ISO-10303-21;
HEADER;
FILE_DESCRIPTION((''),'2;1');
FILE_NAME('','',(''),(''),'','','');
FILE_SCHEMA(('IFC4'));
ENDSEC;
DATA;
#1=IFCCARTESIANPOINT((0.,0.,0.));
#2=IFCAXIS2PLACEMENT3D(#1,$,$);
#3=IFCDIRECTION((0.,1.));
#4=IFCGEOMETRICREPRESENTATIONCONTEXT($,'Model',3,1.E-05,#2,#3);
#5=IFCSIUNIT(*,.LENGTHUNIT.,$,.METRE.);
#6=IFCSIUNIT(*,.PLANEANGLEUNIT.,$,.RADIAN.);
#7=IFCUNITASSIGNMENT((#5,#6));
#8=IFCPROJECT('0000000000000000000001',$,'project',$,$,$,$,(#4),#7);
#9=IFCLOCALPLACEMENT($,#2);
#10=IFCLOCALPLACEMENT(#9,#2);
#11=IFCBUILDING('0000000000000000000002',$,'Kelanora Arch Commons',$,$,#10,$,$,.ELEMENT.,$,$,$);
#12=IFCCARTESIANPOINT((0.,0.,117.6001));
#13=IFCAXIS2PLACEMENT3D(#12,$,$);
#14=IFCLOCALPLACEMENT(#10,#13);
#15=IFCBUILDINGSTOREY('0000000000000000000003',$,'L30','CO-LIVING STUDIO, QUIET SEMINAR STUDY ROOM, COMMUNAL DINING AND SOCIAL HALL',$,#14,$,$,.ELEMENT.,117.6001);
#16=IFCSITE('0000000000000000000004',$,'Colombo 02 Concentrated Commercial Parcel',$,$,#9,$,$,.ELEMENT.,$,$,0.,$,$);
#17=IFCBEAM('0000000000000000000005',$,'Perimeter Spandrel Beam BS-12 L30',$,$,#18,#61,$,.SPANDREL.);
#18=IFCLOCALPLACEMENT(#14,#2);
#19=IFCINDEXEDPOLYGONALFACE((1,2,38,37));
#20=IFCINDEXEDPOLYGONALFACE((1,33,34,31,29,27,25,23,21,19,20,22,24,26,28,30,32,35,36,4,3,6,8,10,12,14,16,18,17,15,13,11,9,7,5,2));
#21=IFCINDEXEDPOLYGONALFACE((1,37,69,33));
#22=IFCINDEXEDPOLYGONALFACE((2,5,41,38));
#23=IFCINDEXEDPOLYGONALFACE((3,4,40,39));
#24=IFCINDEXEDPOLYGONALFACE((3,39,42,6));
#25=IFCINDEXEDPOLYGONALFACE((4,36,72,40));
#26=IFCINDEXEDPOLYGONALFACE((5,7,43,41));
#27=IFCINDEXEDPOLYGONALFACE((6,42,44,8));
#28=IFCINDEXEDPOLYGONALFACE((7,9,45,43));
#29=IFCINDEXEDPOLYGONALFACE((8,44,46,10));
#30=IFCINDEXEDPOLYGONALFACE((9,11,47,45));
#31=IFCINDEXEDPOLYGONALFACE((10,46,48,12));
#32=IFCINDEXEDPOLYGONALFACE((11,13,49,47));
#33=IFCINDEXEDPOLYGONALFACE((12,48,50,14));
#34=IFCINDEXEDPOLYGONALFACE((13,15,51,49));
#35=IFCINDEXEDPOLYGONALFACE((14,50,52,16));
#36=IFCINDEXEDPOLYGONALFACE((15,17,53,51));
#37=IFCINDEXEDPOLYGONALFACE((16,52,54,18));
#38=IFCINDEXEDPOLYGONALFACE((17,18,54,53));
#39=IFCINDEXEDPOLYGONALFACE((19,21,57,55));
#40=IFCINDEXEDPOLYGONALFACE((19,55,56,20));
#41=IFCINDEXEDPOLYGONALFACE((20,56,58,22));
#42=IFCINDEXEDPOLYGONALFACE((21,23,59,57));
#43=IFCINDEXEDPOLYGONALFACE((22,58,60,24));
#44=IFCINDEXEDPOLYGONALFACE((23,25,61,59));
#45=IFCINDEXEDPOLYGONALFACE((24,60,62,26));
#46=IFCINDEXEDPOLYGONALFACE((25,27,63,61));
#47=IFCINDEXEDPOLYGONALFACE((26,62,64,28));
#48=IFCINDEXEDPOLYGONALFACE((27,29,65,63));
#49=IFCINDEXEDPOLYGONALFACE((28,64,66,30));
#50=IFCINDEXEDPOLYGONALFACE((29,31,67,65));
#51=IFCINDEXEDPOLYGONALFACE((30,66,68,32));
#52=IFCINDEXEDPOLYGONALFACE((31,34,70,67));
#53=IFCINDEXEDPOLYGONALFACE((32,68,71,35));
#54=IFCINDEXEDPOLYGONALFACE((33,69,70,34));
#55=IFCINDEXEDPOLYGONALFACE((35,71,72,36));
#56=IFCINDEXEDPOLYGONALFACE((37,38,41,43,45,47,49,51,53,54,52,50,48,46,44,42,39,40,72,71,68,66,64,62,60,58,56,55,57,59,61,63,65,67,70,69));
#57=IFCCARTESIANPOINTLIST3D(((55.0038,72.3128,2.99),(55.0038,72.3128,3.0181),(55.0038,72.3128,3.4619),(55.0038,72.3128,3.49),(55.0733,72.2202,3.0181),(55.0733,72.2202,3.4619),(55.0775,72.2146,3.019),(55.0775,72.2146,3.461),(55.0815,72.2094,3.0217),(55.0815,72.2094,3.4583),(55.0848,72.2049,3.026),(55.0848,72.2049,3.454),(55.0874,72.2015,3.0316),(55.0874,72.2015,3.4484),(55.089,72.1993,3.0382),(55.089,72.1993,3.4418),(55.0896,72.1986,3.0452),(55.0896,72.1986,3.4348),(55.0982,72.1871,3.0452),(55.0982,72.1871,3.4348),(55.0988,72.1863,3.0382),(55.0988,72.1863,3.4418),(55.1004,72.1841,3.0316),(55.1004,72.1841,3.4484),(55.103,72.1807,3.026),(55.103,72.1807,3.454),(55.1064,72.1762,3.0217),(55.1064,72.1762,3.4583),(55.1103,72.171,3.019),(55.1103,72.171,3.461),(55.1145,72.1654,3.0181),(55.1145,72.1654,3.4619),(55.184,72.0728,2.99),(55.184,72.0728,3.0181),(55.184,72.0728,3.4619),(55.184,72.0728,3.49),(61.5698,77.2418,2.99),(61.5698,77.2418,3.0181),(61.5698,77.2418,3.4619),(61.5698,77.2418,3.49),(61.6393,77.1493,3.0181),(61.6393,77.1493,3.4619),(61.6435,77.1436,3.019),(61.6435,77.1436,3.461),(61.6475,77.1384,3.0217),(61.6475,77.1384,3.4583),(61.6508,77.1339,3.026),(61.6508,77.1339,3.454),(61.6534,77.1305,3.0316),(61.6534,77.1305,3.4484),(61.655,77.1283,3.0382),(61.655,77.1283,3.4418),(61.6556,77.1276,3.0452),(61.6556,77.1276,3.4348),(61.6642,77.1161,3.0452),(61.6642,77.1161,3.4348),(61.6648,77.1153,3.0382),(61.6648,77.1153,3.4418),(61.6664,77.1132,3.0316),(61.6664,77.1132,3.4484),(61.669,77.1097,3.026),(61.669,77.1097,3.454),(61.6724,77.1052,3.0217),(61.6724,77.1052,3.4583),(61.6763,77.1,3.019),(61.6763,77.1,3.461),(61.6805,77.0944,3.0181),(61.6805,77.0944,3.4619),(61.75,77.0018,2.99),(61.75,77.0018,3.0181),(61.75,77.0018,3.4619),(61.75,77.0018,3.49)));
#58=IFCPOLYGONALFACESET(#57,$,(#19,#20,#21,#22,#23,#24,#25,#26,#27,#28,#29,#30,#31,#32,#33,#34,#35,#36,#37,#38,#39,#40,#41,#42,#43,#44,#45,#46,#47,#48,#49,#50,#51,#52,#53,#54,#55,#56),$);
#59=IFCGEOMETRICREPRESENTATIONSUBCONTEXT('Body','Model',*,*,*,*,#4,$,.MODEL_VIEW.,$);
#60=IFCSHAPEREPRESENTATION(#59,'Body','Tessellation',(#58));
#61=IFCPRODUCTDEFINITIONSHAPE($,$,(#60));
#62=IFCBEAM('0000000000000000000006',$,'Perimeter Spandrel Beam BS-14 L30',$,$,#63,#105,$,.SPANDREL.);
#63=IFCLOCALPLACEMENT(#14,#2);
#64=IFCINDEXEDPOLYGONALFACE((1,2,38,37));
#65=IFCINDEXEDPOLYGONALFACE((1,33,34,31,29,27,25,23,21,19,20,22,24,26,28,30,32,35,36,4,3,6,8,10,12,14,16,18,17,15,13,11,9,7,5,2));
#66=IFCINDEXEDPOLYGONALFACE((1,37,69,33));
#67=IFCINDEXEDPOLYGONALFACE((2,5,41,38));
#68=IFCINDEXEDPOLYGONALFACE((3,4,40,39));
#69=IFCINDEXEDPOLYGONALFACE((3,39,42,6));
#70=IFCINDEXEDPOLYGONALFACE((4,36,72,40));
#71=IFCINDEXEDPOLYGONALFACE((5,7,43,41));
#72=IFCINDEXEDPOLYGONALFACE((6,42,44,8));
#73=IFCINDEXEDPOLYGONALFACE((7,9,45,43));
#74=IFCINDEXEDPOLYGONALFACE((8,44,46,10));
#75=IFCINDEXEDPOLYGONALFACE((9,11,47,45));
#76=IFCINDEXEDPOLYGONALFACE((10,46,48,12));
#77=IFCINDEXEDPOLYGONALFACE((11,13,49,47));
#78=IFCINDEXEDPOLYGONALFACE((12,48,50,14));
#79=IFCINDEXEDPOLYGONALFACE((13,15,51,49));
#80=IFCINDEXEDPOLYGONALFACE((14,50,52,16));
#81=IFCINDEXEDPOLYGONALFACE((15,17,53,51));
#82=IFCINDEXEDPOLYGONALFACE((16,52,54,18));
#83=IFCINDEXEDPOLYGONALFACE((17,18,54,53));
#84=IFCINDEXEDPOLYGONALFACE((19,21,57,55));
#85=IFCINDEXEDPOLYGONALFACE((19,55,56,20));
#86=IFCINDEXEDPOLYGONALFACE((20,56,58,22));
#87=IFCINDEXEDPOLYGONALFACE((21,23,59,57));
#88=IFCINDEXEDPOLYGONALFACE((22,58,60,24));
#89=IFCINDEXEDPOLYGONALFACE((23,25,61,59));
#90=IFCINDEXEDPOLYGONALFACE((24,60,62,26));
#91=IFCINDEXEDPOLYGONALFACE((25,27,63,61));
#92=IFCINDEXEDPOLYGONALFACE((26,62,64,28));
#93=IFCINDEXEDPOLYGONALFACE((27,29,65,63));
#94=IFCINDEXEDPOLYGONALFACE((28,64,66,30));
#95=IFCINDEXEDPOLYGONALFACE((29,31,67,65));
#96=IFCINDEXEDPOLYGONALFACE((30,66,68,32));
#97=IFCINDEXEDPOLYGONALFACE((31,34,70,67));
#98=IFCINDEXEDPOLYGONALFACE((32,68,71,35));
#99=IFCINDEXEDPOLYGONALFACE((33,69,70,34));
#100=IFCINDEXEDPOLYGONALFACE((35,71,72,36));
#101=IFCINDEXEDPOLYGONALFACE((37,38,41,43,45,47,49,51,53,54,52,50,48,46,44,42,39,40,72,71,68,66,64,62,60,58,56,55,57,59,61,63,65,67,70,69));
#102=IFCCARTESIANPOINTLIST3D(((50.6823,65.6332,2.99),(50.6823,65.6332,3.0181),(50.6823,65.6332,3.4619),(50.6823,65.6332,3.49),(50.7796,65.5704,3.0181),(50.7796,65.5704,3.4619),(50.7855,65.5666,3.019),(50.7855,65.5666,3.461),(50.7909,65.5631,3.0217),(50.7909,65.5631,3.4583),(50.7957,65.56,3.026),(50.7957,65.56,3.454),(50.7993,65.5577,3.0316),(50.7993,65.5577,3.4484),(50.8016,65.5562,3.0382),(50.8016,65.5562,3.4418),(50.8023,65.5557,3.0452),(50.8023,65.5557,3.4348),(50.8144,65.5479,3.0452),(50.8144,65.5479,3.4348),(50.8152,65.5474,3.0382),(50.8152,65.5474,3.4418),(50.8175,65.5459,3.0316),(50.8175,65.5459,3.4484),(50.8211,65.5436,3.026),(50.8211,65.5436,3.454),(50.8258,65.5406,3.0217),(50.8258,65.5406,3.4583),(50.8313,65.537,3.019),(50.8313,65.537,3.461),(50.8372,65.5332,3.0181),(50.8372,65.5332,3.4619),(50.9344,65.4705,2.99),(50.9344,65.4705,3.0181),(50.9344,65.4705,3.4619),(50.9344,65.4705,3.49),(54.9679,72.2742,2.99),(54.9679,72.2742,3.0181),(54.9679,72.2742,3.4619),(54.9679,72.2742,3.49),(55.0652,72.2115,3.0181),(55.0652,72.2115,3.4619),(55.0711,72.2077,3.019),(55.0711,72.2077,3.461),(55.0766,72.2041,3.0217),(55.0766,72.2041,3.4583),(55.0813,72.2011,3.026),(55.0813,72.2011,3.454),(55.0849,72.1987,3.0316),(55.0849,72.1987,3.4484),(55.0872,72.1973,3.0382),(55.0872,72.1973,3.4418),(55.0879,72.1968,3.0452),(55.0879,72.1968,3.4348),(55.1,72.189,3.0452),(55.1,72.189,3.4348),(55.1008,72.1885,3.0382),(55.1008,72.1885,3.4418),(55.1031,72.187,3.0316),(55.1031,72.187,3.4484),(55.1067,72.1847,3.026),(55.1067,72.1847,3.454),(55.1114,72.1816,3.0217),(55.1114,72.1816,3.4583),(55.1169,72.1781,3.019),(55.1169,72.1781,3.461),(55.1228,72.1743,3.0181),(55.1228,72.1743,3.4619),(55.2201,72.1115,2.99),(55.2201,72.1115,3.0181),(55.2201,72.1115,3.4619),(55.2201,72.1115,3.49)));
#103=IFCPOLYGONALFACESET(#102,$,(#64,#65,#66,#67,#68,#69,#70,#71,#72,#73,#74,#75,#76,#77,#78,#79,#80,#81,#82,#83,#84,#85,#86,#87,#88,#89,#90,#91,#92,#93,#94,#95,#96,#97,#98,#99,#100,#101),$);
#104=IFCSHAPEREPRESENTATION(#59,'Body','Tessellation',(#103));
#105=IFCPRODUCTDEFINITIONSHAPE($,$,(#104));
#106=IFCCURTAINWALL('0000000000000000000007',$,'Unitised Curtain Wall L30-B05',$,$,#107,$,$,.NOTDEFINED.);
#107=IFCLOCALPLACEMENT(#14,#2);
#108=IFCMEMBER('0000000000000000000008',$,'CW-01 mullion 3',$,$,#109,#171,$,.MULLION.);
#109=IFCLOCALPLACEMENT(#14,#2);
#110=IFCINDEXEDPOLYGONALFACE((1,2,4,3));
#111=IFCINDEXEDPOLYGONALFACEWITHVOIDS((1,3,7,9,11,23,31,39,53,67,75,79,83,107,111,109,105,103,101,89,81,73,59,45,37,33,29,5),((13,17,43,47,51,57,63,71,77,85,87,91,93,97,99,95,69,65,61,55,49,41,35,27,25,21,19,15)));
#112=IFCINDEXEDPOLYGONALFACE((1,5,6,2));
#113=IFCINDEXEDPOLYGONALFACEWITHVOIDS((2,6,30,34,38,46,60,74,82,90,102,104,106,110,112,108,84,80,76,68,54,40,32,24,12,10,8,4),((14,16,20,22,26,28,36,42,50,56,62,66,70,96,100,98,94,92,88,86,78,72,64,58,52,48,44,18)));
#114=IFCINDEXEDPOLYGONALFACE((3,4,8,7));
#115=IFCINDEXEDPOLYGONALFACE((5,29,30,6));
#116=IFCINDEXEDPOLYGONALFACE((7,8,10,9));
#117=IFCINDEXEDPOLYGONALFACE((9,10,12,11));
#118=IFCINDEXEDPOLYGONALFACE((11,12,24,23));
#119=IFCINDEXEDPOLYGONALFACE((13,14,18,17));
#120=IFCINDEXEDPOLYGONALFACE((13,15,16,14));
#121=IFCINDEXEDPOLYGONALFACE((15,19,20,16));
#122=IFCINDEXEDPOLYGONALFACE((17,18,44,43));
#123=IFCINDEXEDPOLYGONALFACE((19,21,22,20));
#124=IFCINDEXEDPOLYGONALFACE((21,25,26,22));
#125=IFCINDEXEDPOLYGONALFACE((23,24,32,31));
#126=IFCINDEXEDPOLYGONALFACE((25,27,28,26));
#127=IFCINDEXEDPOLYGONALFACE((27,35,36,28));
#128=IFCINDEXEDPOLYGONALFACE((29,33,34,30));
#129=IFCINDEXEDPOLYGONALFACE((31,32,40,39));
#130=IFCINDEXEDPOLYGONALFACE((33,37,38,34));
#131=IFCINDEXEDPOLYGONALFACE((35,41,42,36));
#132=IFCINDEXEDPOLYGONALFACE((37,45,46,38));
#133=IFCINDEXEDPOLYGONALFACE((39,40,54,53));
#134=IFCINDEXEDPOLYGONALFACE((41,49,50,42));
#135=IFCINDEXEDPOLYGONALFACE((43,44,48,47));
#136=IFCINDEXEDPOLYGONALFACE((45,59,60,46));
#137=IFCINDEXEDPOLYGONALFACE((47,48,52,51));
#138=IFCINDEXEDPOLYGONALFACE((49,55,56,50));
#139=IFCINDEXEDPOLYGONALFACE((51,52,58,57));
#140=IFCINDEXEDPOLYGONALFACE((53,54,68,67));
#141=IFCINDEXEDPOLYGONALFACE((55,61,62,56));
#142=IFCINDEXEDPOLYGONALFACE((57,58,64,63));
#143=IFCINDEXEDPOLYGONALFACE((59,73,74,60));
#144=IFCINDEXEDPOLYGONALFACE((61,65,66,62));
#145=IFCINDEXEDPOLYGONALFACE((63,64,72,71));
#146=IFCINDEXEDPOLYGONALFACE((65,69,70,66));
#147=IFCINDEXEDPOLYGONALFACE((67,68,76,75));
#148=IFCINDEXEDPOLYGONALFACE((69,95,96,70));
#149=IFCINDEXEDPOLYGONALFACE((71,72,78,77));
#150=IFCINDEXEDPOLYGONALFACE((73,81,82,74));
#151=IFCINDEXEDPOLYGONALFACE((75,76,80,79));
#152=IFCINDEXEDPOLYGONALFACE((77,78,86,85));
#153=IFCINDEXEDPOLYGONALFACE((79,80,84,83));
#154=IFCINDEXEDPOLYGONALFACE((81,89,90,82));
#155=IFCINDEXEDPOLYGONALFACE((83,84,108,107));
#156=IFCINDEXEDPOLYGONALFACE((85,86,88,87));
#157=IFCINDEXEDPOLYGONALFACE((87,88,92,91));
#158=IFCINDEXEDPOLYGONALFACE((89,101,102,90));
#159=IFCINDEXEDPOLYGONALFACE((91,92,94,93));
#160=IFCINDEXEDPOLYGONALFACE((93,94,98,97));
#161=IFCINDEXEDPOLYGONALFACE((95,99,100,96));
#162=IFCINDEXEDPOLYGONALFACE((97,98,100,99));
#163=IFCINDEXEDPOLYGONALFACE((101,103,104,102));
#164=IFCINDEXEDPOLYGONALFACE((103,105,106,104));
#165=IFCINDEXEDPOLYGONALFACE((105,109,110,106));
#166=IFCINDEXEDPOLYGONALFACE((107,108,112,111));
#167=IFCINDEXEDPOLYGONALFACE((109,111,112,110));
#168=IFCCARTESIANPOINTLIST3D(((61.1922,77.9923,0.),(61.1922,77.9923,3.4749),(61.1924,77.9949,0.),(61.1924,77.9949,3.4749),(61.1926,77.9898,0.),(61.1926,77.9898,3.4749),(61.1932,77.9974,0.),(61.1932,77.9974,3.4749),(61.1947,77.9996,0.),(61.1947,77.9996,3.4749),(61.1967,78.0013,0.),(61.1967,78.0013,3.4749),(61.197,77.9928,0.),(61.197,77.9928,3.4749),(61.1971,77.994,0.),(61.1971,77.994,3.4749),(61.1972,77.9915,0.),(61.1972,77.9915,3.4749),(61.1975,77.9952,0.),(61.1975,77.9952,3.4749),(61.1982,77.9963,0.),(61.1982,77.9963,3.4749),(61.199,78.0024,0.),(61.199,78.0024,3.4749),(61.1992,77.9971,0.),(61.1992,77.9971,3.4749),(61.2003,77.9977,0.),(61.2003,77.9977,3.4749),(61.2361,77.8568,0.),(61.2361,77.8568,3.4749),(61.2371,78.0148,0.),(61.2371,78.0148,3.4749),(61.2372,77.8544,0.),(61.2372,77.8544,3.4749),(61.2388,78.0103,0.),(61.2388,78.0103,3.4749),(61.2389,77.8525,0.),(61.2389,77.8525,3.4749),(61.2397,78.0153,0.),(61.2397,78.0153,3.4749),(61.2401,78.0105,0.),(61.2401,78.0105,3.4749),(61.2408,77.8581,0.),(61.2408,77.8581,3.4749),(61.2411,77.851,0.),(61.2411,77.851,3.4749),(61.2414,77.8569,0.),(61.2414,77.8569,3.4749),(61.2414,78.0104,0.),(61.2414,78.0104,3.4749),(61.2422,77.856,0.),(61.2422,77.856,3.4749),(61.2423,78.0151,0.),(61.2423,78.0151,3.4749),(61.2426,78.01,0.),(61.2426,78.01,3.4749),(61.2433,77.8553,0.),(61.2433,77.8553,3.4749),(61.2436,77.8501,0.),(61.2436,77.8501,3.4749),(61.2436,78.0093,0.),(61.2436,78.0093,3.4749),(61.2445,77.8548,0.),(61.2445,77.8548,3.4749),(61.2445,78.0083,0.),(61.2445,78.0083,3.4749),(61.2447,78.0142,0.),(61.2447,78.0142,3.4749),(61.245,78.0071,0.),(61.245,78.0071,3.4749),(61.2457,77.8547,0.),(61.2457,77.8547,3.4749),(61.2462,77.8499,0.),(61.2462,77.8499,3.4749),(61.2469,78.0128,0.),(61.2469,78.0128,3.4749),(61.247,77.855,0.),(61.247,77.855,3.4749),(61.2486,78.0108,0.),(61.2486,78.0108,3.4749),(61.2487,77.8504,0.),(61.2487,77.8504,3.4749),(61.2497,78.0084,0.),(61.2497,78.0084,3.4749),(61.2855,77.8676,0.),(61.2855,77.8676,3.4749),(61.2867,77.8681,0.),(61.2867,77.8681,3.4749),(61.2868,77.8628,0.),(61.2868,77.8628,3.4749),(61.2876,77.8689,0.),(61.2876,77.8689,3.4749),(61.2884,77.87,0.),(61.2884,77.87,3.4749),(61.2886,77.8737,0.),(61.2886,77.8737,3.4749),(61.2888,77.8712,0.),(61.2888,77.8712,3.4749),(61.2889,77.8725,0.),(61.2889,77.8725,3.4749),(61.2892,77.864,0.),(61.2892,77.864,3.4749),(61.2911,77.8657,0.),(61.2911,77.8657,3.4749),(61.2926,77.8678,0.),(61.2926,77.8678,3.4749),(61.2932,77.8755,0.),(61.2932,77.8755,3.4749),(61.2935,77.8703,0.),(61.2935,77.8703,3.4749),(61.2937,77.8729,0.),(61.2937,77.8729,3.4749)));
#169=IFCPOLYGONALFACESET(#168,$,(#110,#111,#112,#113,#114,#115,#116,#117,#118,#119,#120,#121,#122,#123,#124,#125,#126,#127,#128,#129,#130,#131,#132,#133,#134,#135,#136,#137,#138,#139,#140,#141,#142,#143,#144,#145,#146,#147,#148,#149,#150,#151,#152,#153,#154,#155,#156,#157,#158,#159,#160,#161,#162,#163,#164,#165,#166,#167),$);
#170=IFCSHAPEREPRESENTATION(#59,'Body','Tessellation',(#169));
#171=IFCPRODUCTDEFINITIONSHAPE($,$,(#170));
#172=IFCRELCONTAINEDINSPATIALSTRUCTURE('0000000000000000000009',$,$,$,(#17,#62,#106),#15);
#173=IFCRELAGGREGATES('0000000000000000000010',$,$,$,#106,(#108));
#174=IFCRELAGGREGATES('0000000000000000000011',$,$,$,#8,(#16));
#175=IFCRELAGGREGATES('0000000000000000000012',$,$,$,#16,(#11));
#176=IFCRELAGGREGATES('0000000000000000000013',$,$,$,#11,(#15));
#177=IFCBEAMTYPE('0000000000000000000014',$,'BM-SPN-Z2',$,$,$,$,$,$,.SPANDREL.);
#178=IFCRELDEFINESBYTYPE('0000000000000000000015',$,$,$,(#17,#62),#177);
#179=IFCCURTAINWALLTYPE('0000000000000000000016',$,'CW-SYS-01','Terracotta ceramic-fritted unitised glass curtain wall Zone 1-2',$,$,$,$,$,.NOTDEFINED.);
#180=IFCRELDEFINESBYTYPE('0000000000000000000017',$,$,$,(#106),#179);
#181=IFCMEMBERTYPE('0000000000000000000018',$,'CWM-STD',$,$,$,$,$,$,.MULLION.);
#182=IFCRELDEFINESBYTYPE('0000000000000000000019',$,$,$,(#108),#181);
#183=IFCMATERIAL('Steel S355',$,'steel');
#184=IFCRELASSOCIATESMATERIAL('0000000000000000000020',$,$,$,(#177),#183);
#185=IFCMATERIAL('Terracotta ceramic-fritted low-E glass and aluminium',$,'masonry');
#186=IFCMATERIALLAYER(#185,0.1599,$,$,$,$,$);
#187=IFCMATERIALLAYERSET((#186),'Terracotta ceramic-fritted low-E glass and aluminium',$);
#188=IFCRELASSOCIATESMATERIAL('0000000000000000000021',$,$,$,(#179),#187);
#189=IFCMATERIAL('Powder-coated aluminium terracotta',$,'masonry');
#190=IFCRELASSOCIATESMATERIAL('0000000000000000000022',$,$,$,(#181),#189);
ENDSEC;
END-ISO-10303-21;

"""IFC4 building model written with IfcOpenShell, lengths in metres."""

from ifc_helpers import new_model, si_unit, direction, frame, origin, origin_2d, place, context, subcontext, project, spatial, hollow_rectangle, i_section, extrude, material, layer, layer_set, material_profile, profile_set, type_object, element, aggregate, save


model = new_model("IFC4")

# Units and contexts
model_context = context("Model", 3, precision=1e-05, world=origin(), true_north=direction((0.0, 1.0)))
body_context = subcontext(model_context, "Body", "Model", "MODEL_VIEW")
ifc_project = project(units=[si_unit("LENGTHUNIT", "METRE"), si_unit("PLANEANGLEUNIT", "RADIAN")], contexts=[model_context])

# Site, building, storey
site_placement = place(None, origin())
site = spatial("IfcSite", under=ifc_project, at=site_placement, Name="Colombo 02 Concentrated Commercial Parcel", CompositionType="ELEMENT", RefElevation=0.0)
building_placement = place(site_placement, origin())
building = spatial("IfcBuilding", under=site, at=building_placement, Name="Kelanora Arch Commons", CompositionType="ELEMENT")
storey_placement = place(building_placement, frame((0.0, 0.0, 117.6001)))
storey = spatial("IfcBuildingStorey", under=building, at=storey_placement, Name="L30", Description="CO-LIVING STUDIO, QUIET SEMINAR STUDY ROOM, COMMUNAL DINING AND SOCIAL HALL", CompositionType="ELEMENT", Elevation=117.6001)

# Beams
ifc_material_1 = material(Name="Steel S355", Category="steel")
ifc_material_profile_1 = material_profile(ifc_material_1, i_section(OverallWidth=0.3, OverallDepth=0.5, WebThickness=0.0144, FlangeThickness=0.0281, FilletRadius=0.0271, at=origin_2d()), Name="HEB500")
ifc_profile_set_1 = profile_set([ifc_material_profile_1], Name="Steel S355")
beam_type_1 = type_object("IfcBeamType", Name="BM-SPN-Z2", PredefinedType="SPANDREL", material=ifc_profile_set_1)
beam_1_placement = place(storey_placement, frame((61.6599, 77.1218, 3.24), z_axis=(-0.799736, -0.600352, 0.0), x_axis=(0.600352, -0.799736, 0.0)))
element("IfcBeam", 1, at=beam_1_placement, inside=storey, type_object=beam_type_1, Name="Perimeter Spandrel Beam BS-12 L30", PredefinedType="SPANDREL", context=body_context, shape_type="SweptSolid", body=[
    extrude(i_section(OverallWidth=0.3, OverallDepth=0.5, WebThickness=0.0144, FlangeThickness=0.0281, FilletRadius=0.0271, at=origin_2d()), origin(), (0.0, 0.0, 1.0), 8.2102),
])
beam_2_placement = place(storey_placement, frame((55.094, 72.1929, 3.24), z_axis=(-0.542221, -0.840236, 0.0), x_axis=(0.840236, -0.542221, 0.0)))
element("IfcBeam", 2, at=beam_2_placement, inside=storey, type_object=beam_type_1, Name="Perimeter Spandrel Beam BS-14 L30", PredefinedType="SPANDREL", context=body_context, shape_type="SweptSolid", body=[
    extrude(i_section(OverallWidth=0.3, OverallDepth=0.5, WebThickness=0.0144, FlangeThickness=0.0281, FilletRadius=0.0271, at=origin_2d()), origin(), (0.0, 0.0, 1.0), 7.9038),
])

# Curtain wall, member
ifc_material_2 = material(Name="Terracotta ceramic-fritted low-E glass and aluminium", Category="masonry")
ifc_layer_1 = layer(ifc_material_2, 0.1599)
ifc_layer_set_1 = layer_set([ifc_layer_1], Name="Terracotta ceramic-fritted low-E glass and aluminium")
curtain_wall_type = type_object("IfcCurtainWallType", Name="CW-SYS-01", Description="Terracotta ceramic-fritted unitised glass curtain wall Zone 1-2", PredefinedType="NOTDEFINED", material=ifc_layer_set_1)
curtain_wall_placement = place(storey_placement, origin())
curtain_wall = element("IfcCurtainWall", 3, at=curtain_wall_placement, inside=storey, type_object=curtain_wall_type, Name="Unitised Curtain Wall L30-B05", PredefinedType="NOTDEFINED")
ifc_material_3 = material(Name="Powder-coated aluminium terracotta", Category="masonry")
ifc_material_profile_2 = material_profile(ifc_material_3, hollow_rectangle(XDim=0.1599, YDim=0.0601, WallThickness=0.0049, InnerFilletRadius=0.0049, OuterFilletRadius=0.01, at=origin_2d()), Name="CWM160x60")
ifc_profile_set_2 = profile_set([ifc_material_profile_2], Name="Powder-coated aluminium terracotta")
member_type_1 = type_object("IfcMemberType", Name="CWM-STD", PredefinedType="MULLION", material=ifc_profile_set_2)
member_1_placement = place(storey_placement, frame((61.2429, 77.9326, 0.0), z_axis=(0.0, 0.0, 1.0), x_axis=(0.310805, -0.950474, 0.0)))
member_1 = element("IfcMember", 4, at=member_1_placement, type_object=member_type_1, Name="CW-01 mullion 3", PredefinedType="MULLION", context=body_context, shape_type="SweptSolid", body=[
    extrude(hollow_rectangle(XDim=0.1599, YDim=0.0601, WallThickness=0.0049, InnerFilletRadius=0.0049, OuterFilletRadius=0.01, at=origin_2d()), origin(), (0.0, 0.0, 1.0), 3.4749),
])
aggregate(curtain_wall, [member_1])

save(model, "model.ifc")
